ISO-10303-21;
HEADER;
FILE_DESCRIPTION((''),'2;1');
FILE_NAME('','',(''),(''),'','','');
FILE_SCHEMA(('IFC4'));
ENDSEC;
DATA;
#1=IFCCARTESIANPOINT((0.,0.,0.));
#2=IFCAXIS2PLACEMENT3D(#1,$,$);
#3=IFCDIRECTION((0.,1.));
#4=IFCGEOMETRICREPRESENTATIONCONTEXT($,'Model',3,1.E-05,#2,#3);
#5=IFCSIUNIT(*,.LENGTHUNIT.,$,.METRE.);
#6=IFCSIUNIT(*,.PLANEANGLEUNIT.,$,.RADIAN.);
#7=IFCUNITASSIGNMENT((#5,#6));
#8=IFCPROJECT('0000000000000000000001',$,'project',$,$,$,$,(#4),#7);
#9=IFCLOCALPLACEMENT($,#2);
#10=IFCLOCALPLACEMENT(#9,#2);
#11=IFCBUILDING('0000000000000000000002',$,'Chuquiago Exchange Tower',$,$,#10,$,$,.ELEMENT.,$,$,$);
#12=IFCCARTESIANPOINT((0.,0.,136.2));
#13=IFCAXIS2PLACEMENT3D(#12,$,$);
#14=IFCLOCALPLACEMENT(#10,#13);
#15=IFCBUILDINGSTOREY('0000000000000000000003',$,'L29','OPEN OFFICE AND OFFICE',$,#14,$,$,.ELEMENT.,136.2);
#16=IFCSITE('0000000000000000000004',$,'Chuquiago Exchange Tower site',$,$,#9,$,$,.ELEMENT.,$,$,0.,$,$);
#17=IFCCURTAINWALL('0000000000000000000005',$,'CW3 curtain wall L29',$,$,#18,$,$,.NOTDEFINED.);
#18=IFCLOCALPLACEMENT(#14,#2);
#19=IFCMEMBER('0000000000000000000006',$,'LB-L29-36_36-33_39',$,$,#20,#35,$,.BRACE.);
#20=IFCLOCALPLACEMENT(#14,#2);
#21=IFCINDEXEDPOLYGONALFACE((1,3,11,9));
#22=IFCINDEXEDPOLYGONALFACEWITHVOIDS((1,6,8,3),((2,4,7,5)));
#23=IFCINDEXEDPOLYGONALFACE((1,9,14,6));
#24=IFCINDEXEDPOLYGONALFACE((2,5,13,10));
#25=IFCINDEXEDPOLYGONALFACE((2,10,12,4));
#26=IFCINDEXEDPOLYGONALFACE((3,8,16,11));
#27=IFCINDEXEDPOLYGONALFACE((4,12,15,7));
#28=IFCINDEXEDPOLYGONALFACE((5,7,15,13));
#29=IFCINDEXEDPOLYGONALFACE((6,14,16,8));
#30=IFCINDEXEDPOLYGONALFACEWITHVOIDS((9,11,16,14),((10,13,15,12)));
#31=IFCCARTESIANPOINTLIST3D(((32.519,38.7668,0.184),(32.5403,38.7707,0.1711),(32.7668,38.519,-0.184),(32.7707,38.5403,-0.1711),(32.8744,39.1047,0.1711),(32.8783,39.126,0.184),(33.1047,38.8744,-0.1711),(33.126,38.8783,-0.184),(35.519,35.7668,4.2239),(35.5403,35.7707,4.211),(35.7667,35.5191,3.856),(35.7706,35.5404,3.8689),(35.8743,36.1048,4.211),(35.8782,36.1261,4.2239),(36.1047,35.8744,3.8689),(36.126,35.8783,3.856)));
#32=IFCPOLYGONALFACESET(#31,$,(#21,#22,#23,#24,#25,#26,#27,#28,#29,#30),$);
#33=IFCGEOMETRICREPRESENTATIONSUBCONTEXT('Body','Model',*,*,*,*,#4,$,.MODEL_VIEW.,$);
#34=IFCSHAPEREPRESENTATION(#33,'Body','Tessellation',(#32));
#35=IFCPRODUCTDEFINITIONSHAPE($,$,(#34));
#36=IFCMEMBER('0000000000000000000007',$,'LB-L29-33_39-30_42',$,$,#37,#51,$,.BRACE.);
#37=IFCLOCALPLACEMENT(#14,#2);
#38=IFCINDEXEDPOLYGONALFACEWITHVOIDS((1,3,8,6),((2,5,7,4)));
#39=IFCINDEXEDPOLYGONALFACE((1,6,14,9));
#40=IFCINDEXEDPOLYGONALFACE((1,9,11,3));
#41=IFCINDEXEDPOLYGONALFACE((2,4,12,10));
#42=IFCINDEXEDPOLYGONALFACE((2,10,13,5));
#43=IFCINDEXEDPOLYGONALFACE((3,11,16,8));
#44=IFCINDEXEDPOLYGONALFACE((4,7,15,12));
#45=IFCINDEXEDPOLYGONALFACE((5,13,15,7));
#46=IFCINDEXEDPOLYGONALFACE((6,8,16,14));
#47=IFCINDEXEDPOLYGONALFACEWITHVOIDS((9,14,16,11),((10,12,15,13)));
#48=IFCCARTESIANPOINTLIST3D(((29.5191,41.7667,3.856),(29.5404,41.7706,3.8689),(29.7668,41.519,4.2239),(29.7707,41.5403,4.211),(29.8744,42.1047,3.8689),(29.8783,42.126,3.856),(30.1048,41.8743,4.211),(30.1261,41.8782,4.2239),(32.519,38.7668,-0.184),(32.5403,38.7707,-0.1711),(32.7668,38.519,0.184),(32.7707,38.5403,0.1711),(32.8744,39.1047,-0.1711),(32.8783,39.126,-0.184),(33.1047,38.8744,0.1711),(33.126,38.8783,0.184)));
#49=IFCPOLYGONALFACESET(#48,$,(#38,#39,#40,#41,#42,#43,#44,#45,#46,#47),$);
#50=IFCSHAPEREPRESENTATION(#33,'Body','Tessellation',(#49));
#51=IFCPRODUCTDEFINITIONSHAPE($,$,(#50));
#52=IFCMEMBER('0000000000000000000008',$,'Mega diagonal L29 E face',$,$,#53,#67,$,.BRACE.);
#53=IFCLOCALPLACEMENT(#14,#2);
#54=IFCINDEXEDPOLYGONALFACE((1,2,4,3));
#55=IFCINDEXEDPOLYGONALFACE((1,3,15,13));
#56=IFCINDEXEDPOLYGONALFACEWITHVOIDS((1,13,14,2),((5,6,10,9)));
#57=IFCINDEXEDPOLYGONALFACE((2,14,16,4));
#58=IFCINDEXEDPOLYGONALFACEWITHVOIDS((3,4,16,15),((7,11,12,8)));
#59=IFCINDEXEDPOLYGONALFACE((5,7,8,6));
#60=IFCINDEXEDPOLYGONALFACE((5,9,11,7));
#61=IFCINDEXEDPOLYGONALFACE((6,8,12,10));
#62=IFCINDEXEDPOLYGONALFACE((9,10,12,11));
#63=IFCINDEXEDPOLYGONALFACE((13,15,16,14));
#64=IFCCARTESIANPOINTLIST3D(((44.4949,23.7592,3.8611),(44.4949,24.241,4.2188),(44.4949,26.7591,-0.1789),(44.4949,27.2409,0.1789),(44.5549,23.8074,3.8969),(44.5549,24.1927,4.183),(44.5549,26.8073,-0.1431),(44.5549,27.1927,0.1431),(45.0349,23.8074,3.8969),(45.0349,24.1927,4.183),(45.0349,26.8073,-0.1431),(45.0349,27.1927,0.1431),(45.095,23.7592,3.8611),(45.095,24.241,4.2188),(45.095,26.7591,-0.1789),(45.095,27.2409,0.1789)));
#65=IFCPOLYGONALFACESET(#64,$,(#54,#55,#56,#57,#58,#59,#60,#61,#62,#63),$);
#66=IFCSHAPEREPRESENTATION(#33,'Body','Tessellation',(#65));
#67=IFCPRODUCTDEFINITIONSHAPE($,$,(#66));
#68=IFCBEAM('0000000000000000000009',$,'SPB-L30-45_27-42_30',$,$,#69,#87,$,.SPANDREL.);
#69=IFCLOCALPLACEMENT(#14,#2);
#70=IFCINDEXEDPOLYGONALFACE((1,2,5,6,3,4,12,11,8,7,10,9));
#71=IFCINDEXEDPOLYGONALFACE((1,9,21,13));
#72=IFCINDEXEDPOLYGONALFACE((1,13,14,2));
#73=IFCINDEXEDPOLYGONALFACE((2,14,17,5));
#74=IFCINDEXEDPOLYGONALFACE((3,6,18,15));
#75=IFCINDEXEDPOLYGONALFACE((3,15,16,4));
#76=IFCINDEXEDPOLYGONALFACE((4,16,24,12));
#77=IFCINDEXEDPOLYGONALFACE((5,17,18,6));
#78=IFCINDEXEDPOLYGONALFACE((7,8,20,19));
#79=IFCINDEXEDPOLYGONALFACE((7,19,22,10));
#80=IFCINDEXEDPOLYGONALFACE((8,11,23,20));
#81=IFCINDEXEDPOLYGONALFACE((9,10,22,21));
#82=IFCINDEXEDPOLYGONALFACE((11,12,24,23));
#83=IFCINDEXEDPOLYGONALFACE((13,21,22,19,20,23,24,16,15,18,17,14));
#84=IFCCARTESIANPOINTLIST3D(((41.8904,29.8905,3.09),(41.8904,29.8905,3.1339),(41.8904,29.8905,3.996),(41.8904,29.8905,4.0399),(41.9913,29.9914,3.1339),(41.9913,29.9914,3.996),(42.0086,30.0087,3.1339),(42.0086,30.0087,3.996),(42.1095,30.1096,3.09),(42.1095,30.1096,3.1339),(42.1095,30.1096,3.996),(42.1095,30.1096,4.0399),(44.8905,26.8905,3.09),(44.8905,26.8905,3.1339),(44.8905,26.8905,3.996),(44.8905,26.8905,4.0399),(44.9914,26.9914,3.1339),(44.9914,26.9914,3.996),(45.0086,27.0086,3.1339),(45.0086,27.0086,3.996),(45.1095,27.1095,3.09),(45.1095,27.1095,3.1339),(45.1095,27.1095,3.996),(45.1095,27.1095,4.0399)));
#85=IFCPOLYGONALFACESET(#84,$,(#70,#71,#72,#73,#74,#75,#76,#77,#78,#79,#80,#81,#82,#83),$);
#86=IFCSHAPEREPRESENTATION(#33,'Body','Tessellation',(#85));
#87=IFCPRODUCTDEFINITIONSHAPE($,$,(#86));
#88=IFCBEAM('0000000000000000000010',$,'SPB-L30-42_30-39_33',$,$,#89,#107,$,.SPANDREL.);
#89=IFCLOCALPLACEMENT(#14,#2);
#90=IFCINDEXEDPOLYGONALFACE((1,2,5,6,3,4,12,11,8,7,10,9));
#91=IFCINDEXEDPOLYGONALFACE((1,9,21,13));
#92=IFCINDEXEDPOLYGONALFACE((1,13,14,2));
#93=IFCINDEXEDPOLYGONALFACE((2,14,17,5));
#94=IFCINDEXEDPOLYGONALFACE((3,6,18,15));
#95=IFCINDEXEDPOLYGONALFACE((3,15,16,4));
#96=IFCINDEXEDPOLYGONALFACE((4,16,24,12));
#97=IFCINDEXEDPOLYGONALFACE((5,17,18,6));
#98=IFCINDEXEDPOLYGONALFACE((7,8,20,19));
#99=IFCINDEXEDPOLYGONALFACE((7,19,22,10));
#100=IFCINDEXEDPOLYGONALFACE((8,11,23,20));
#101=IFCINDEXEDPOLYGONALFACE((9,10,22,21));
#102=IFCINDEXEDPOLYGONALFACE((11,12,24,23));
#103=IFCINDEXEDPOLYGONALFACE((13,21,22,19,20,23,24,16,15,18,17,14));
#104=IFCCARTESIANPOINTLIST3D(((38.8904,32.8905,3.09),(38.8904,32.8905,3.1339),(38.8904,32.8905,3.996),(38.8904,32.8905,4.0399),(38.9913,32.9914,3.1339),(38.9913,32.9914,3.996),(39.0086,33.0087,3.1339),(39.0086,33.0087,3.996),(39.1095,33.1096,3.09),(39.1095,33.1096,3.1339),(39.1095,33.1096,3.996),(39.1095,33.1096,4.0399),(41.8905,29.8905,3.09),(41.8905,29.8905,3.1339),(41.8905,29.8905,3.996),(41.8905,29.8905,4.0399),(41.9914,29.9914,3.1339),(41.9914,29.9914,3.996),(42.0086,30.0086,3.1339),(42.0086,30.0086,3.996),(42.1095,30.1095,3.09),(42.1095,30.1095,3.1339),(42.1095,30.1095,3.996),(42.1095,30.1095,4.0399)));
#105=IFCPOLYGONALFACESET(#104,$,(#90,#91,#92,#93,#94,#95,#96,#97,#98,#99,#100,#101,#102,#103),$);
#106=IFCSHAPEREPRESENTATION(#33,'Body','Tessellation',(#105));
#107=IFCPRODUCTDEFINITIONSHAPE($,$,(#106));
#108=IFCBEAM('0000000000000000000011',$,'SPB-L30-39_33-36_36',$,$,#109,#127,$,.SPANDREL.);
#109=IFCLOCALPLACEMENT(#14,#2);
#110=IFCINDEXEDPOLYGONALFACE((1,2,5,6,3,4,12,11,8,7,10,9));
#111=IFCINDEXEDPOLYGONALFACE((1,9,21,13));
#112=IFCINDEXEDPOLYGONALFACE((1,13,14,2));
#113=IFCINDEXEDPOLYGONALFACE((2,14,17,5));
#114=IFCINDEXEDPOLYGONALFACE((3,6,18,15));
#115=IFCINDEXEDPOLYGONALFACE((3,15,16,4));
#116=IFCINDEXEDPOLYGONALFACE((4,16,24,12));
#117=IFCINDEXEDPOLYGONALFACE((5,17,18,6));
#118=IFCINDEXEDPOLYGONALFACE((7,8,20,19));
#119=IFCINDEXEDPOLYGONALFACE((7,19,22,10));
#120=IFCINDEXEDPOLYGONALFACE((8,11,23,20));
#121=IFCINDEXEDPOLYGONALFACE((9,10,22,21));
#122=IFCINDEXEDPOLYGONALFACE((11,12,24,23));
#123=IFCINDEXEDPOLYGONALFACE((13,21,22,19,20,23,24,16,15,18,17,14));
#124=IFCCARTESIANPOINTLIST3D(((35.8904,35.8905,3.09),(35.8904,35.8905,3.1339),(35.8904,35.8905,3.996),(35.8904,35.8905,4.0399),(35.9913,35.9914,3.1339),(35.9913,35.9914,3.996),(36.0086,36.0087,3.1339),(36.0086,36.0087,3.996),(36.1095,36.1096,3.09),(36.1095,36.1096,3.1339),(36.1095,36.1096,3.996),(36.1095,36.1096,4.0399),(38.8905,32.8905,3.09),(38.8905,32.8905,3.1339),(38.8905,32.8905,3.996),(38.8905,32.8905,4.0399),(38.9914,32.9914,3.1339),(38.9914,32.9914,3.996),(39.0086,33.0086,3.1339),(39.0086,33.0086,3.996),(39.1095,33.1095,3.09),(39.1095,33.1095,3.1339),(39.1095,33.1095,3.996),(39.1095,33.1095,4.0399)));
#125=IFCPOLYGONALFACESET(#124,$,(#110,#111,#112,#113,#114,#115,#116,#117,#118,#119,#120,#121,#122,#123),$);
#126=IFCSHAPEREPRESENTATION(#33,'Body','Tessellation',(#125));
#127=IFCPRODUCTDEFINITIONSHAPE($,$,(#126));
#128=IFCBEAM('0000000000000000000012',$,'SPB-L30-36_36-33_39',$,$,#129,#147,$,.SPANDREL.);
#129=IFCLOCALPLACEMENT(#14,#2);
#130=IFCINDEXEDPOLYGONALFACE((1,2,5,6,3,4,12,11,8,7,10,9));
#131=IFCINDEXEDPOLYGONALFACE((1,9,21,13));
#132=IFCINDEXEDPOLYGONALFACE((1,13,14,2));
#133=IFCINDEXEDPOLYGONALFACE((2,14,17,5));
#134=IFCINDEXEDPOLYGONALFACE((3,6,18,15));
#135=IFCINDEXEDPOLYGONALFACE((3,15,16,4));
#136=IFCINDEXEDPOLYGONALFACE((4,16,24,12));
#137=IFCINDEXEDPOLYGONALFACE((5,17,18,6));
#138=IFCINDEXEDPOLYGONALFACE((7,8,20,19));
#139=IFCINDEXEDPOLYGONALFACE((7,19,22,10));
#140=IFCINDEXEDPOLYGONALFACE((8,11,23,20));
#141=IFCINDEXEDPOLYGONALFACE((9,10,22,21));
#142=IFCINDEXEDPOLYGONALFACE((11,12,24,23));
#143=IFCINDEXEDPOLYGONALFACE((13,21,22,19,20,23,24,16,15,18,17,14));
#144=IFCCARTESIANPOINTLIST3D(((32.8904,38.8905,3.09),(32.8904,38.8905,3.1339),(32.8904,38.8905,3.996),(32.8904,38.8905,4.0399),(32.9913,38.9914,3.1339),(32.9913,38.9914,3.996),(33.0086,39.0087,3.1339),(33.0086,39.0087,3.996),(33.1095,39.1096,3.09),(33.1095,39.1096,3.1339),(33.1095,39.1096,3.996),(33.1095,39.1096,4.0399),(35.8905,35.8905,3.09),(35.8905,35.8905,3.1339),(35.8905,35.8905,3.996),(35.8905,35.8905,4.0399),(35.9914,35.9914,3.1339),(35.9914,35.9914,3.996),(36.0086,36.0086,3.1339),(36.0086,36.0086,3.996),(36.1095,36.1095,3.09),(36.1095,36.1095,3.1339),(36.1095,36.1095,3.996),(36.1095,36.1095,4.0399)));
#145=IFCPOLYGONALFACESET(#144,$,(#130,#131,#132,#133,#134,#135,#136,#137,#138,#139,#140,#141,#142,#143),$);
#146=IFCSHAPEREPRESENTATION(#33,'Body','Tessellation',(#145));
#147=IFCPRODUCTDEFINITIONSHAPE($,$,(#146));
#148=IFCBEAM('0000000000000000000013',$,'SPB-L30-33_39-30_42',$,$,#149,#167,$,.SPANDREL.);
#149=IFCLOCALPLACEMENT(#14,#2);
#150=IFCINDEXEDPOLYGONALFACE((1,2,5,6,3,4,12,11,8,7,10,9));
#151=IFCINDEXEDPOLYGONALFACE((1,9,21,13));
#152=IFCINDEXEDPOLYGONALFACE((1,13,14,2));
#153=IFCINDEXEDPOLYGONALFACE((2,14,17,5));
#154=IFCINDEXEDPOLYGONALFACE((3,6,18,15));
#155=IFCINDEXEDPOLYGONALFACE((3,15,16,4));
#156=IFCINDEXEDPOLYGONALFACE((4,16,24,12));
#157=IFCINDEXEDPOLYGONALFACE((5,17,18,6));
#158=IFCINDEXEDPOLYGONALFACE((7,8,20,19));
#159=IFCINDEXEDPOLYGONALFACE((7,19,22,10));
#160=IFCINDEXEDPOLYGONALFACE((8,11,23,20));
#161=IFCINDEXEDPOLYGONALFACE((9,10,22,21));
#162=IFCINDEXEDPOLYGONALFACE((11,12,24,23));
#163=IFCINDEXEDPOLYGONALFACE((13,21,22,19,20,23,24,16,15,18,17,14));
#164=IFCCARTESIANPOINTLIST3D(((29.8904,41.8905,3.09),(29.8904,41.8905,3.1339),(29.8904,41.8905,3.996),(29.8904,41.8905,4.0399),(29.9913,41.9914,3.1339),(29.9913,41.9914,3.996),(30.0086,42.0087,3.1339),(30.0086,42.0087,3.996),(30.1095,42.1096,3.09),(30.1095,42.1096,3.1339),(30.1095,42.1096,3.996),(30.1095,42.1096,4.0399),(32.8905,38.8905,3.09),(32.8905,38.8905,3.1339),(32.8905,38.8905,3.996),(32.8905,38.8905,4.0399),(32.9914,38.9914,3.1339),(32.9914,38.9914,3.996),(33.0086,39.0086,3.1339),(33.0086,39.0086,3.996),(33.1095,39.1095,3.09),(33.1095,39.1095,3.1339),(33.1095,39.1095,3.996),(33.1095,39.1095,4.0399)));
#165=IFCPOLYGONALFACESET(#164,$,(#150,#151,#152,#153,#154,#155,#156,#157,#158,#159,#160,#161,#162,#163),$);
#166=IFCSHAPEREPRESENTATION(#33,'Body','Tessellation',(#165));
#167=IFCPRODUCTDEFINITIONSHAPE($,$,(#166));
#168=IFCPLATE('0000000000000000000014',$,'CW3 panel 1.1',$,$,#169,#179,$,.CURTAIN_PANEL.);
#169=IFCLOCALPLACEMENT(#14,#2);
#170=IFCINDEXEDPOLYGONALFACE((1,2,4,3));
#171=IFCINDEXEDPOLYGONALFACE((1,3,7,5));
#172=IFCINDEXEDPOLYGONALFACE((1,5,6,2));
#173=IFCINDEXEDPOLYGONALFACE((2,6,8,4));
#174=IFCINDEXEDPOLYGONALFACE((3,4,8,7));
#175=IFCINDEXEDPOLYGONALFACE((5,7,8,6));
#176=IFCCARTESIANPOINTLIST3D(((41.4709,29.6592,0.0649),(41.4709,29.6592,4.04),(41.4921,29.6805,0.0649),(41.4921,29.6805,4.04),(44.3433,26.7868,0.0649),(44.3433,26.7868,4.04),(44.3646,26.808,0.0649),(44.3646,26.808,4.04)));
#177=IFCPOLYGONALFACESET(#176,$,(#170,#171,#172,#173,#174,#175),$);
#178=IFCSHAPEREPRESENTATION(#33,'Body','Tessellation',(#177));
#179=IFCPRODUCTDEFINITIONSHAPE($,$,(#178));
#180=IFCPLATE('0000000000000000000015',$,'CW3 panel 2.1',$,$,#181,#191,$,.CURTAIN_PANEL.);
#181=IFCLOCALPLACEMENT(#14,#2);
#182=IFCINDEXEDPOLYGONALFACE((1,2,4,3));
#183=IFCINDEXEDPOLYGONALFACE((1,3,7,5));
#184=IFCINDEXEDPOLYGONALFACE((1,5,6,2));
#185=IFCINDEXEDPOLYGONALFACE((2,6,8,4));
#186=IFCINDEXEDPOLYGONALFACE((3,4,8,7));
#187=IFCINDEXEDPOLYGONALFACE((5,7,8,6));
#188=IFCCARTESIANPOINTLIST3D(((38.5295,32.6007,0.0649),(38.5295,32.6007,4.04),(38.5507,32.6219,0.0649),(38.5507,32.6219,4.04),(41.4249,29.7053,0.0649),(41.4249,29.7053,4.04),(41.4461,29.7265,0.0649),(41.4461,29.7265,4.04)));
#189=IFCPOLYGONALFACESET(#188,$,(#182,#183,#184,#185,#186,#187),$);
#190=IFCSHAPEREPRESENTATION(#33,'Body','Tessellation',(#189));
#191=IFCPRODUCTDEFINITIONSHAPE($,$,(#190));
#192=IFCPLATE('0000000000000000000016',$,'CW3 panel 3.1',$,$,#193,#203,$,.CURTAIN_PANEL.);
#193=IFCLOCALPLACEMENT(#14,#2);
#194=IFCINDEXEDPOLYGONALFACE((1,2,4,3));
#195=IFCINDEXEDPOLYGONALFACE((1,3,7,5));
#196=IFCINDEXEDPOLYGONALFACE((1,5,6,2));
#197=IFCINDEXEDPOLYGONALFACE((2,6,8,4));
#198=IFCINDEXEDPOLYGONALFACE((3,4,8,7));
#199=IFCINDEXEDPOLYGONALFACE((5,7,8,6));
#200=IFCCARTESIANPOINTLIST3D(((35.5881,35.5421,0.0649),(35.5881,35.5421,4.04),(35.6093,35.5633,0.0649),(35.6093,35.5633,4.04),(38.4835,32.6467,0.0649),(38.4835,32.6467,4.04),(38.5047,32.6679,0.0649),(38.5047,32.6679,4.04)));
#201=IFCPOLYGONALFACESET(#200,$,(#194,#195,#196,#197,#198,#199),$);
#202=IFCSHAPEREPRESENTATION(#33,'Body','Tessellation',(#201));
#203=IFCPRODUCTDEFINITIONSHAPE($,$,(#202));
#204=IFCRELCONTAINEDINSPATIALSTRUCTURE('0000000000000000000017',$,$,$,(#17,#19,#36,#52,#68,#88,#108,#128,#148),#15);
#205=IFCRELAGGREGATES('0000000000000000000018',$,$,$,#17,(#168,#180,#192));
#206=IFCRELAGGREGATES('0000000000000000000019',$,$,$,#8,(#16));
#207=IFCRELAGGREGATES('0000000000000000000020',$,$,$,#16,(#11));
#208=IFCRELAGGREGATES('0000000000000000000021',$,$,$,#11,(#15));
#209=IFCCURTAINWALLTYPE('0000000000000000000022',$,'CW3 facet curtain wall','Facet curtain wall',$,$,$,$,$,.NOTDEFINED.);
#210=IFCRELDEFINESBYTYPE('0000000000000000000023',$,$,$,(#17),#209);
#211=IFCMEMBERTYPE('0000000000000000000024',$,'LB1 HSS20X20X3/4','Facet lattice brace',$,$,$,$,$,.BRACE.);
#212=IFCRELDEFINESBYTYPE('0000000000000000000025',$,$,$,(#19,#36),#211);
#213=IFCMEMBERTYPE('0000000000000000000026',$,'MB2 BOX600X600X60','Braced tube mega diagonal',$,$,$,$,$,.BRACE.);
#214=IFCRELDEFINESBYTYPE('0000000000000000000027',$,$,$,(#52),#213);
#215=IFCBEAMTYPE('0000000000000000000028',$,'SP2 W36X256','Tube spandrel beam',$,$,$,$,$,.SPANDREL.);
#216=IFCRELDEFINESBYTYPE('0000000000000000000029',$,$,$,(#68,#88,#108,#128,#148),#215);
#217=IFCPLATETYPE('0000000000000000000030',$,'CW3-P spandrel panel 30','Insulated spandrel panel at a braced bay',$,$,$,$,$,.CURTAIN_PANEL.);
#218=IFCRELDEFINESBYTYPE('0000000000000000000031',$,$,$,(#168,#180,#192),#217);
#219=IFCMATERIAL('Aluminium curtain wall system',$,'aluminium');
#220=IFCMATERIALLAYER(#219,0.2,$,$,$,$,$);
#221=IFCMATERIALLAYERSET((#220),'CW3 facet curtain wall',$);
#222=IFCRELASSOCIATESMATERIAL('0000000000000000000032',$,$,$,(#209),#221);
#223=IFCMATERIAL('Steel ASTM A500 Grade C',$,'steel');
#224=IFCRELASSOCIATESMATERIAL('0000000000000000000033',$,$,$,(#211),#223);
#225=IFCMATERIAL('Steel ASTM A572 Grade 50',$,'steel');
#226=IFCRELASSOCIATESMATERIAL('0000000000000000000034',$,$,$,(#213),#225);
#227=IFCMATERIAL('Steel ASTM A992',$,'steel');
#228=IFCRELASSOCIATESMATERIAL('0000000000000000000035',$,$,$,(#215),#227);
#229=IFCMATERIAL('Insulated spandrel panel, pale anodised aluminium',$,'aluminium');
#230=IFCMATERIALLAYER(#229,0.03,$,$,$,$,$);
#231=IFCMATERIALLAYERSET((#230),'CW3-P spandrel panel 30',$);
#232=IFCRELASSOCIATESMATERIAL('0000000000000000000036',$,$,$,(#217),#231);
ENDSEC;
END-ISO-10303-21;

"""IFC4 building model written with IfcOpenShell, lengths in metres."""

from ifc_helpers import new_model, si_unit, direction, frame, origin, origin_2d, place, context, subcontext, project, spatial, rectangle, hollow_rectangle, i_section, extrude, material, layer, layer_set, material_profile, profile_set, type_object, element, aggregate, save


model = new_model("IFC4")

# Units and contexts
model_context = context("Model", 3, precision=1e-05, world=origin(), true_north=direction((0.0, 1.0)))
body_context = subcontext(model_context, "Body", "Model", "MODEL_VIEW")
ifc_project = project(units=[si_unit("LENGTHUNIT", "METRE"), si_unit("PLANEANGLEUNIT", "RADIAN")], contexts=[model_context])

# Site, building, storey
site_placement = place(None, origin())
site = spatial("IfcSite", under=ifc_project, at=site_placement, Name="Chuquiago Exchange Tower site", CompositionType="ELEMENT", RefElevation=0.0)
building_placement = place(site_placement, origin())
building = spatial("IfcBuilding", under=site, at=building_placement, Name="Chuquiago Exchange Tower", CompositionType="ELEMENT")
storey_placement = place(building_placement, frame((0.0, 0.0, 136.2)))
storey = spatial("IfcBuildingStorey", under=building, at=storey_placement, Name="L29", Description="OPEN OFFICE AND OFFICE", CompositionType="ELEMENT", Elevation=136.2)

# Curtain wall
ifc_material_1 = material(Name="Aluminium curtain wall system", Category="aluminium")
ifc_layer_1 = layer(ifc_material_1, 0.2)
ifc_layer_set_1 = layer_set([ifc_layer_1], Name="CW3 facet curtain wall")
curtain_wall_type = type_object("IfcCurtainWallType", Name="CW3 facet curtain wall", Description="Facet curtain wall", PredefinedType="NOTDEFINED", material=ifc_layer_set_1)
curtain_wall_placement = place(storey_placement, origin())
curtain_wall = element("IfcCurtainWall", 1, at=curtain_wall_placement, inside=storey, type_object=curtain_wall_type, Name="CW3 curtain wall L29", PredefinedType="NOTDEFINED")

# Members
ifc_material_2 = material(Name="Steel ASTM A500 Grade C", Category="steel")
ifc_material_profile_1 = material_profile(ifc_material_2, hollow_rectangle(XDim=0.5081, YDim=0.5081, WallThickness=0.0178, at=origin_2d()), Name="HSS20X20X3/4")
ifc_profile_set_1 = profile_set([ifc_material_profile_1], Name="Steel ASTM A500 Grade C")
member_type_1 = type_object("IfcMemberType", Name="LB1 HSS20X20X3/4", Description="Facet lattice brace", PredefinedType="BRACE", material=ifc_profile_set_1)
for number, where, z_axis, x_axis, name in (
    (2, (32.8225, 38.8225, 0.0), (0.512077, -0.512077, 0.689604), (0.707107, 0.707107, 0.0), "LB-L29-36_36-33_39"),
    (3, (32.8225, 38.8225, 0.0), (-0.512077, 0.512077, 0.689604), (-0.707107, -0.707107, 0.0), "LB-L29-33_39-30_42"),
):
    element("IfcMember", number, at=place(storey_placement, frame(where, z_axis=z_axis, x_axis=x_axis)), inside=storey, type_object=member_type_1, Name=name, PredefinedType="BRACE", context=body_context, shape_type="SweptSolid", body=[
        extrude(hollow_rectangle(XDim=0.5081, YDim=0.5081, WallThickness=0.0178, at=origin_2d()), origin(), (0.0, 0.0, 1.0), 5.8584),
    ])
ifc_material_3 = material(Name="Steel ASTM A572 Grade 50", Category="steel")
ifc_material_profile_2 = material_profile(ifc_material_3, hollow_rectangle(XDim=0.6001, YDim=0.6001, WallThickness=0.0601, at=origin_2d()), Name="BOX600X600X60")
ifc_profile_set_2 = profile_set([ifc_material_profile_2], Name="Steel ASTM A572 Grade 50")
member_type_2 = type_object("IfcMemberType", Name="MB2 BOX600X600X60", Description="Braced tube mega diagonal", PredefinedType="BRACE", material=ifc_profile_set_2)
member_1_placement = place(storey_placement, frame((44.7949, 27.0, 0.0), z_axis=(0.0, -0.596174, 0.802855), x_axis=(1.0, 0.0, 0.0)))
element("IfcMember", 4, at=member_1_placement, inside=storey, type_object=member_type_2, Name="Mega diagonal L29 E face", PredefinedType="BRACE", context=body_context, shape_type="SweptSolid", body=[
    extrude(hollow_rectangle(XDim=0.6001, YDim=0.6001, WallThickness=0.0601, at=origin_2d()), origin(), (0.0, 0.0, 1.0), 5.032),
])

# Beams
ifc_material_4 = material(Name="Steel ASTM A992", Category="steel")
ifc_material_profile_3 = material_profile(ifc_material_4, i_section(OverallWidth=0.3098, OverallDepth=0.95, WebThickness=0.0244, FlangeThickness=0.0439, at=origin_2d()), Name="W36X256")
ifc_profile_set_3 = profile_set([ifc_material_profile_3], Name="Steel ASTM A992")
beam_type_1 = type_object("IfcBeamType", Name="SP2 W36X256", Description="Tube spandrel beam", PredefinedType="SPANDREL", material=ifc_profile_set_3)
for number, where, z_axis, x_axis, name in (
    (5, (45.0, 27.0, 3.5649), (-0.707107, 0.707107, 0.0), (-0.707107, -0.707107, 0.0), "SPB-L30-45_27-42_30"),
    (6, (42.0, 30.0, 3.5649), (-0.707107, 0.707107, 0.0), (-0.707107, -0.707107, 0.0), "SPB-L30-42_30-39_33"),
    (7, (39.0, 33.0, 3.5649), (-0.707107, 0.707107, 0.0), (-0.707107, -0.707107, 0.0), "SPB-L30-39_33-36_36"),
    (8, (36.0, 36.0, 3.5649), (-0.707107, 0.707107, 0.0), (-0.707107, -0.707107, 0.0), "SPB-L30-36_36-33_39"),
    (9, (33.0, 39.0, 3.5649), (-0.707107, 0.707107, 0.0), (-0.707107, -0.707107, 0.0), "SPB-L30-33_39-30_42"),
):
    element("IfcBeam", number, at=place(storey_placement, frame(where, z_axis=z_axis, x_axis=x_axis)), inside=storey, type_object=beam_type_1, Name=name, PredefinedType="SPANDREL", context=body_context, shape_type="SweptSolid", body=[
        extrude(i_section(OverallWidth=0.3098, OverallDepth=0.95, WebThickness=0.0244, FlangeThickness=0.0439, at=origin_2d()), origin(), (0.0, 0.0, 1.0), 4.2427),
    ])

# Plates
ifc_material_5 = material(Name="Insulated spandrel panel, pale anodised aluminium", Category="aluminium")
ifc_layer_2 = layer(ifc_material_5, 0.03)
ifc_layer_set_2 = layer_set([ifc_layer_2], Name="CW3-P spandrel panel 30")
plate_type = type_object("IfcPlateType", Name="CW3-P spandrel panel 30", Description="Insulated spandrel panel at a braced bay", PredefinedType="CURTAIN_PANEL", material=ifc_layer_set_2)
plate_1_placement = place(storey_placement, frame((42.9177, 28.2336, 0.0649), z_axis=(0.0, 0.0, 1.0), x_axis=(-0.707107, 0.707107, 0.0)))
plate_1 = element("IfcPlate", 10, at=plate_1_placement, type_object=plate_type, Name="CW3 panel 1.1", PredefinedType="CURTAIN_PANEL", context=body_context, shape_type="SweptSolid", body=[
    extrude(rectangle(XDim=4.0623, YDim=0.03, at=origin_2d()), origin(), (0.0, 0.0, 1.0), 3.9751),
])
plate_2_placement = place(storey_placement, frame((39.9878, 31.1636, 0.0649), z_axis=(0.0, 0.0, 1.0), x_axis=(-0.707107, 0.707107, 0.0)))
plate_2 = element("IfcPlate", 11, at=plate_2_placement, type_object=plate_type, Name="CW3 panel 2.1", PredefinedType="CURTAIN_PANEL", context=body_context, shape_type="SweptSolid", body=[
    extrude(rectangle(XDim=4.0947, YDim=0.03, at=origin_2d()), origin(), (0.0, 0.0, 1.0), 3.9751),
])
plate_3_placement = place(storey_placement, frame((37.0464, 34.105, 0.0649), z_axis=(0.0, 0.0, 1.0), x_axis=(-0.707107, 0.707107, 0.0)))
plate_3 = element("IfcPlate", 12, at=plate_3_placement, type_object=plate_type, Name="CW3 panel 3.1", PredefinedType="CURTAIN_PANEL", context=body_context, shape_type="SweptSolid", body=[
    extrude(rectangle(XDim=4.0947, YDim=0.03, at=origin_2d()), origin(), (0.0, 0.0, 1.0), 3.9751),
])
aggregate(curtain_wall, [plate_1, plate_2, plate_3])

save(model, "model.ifc")
